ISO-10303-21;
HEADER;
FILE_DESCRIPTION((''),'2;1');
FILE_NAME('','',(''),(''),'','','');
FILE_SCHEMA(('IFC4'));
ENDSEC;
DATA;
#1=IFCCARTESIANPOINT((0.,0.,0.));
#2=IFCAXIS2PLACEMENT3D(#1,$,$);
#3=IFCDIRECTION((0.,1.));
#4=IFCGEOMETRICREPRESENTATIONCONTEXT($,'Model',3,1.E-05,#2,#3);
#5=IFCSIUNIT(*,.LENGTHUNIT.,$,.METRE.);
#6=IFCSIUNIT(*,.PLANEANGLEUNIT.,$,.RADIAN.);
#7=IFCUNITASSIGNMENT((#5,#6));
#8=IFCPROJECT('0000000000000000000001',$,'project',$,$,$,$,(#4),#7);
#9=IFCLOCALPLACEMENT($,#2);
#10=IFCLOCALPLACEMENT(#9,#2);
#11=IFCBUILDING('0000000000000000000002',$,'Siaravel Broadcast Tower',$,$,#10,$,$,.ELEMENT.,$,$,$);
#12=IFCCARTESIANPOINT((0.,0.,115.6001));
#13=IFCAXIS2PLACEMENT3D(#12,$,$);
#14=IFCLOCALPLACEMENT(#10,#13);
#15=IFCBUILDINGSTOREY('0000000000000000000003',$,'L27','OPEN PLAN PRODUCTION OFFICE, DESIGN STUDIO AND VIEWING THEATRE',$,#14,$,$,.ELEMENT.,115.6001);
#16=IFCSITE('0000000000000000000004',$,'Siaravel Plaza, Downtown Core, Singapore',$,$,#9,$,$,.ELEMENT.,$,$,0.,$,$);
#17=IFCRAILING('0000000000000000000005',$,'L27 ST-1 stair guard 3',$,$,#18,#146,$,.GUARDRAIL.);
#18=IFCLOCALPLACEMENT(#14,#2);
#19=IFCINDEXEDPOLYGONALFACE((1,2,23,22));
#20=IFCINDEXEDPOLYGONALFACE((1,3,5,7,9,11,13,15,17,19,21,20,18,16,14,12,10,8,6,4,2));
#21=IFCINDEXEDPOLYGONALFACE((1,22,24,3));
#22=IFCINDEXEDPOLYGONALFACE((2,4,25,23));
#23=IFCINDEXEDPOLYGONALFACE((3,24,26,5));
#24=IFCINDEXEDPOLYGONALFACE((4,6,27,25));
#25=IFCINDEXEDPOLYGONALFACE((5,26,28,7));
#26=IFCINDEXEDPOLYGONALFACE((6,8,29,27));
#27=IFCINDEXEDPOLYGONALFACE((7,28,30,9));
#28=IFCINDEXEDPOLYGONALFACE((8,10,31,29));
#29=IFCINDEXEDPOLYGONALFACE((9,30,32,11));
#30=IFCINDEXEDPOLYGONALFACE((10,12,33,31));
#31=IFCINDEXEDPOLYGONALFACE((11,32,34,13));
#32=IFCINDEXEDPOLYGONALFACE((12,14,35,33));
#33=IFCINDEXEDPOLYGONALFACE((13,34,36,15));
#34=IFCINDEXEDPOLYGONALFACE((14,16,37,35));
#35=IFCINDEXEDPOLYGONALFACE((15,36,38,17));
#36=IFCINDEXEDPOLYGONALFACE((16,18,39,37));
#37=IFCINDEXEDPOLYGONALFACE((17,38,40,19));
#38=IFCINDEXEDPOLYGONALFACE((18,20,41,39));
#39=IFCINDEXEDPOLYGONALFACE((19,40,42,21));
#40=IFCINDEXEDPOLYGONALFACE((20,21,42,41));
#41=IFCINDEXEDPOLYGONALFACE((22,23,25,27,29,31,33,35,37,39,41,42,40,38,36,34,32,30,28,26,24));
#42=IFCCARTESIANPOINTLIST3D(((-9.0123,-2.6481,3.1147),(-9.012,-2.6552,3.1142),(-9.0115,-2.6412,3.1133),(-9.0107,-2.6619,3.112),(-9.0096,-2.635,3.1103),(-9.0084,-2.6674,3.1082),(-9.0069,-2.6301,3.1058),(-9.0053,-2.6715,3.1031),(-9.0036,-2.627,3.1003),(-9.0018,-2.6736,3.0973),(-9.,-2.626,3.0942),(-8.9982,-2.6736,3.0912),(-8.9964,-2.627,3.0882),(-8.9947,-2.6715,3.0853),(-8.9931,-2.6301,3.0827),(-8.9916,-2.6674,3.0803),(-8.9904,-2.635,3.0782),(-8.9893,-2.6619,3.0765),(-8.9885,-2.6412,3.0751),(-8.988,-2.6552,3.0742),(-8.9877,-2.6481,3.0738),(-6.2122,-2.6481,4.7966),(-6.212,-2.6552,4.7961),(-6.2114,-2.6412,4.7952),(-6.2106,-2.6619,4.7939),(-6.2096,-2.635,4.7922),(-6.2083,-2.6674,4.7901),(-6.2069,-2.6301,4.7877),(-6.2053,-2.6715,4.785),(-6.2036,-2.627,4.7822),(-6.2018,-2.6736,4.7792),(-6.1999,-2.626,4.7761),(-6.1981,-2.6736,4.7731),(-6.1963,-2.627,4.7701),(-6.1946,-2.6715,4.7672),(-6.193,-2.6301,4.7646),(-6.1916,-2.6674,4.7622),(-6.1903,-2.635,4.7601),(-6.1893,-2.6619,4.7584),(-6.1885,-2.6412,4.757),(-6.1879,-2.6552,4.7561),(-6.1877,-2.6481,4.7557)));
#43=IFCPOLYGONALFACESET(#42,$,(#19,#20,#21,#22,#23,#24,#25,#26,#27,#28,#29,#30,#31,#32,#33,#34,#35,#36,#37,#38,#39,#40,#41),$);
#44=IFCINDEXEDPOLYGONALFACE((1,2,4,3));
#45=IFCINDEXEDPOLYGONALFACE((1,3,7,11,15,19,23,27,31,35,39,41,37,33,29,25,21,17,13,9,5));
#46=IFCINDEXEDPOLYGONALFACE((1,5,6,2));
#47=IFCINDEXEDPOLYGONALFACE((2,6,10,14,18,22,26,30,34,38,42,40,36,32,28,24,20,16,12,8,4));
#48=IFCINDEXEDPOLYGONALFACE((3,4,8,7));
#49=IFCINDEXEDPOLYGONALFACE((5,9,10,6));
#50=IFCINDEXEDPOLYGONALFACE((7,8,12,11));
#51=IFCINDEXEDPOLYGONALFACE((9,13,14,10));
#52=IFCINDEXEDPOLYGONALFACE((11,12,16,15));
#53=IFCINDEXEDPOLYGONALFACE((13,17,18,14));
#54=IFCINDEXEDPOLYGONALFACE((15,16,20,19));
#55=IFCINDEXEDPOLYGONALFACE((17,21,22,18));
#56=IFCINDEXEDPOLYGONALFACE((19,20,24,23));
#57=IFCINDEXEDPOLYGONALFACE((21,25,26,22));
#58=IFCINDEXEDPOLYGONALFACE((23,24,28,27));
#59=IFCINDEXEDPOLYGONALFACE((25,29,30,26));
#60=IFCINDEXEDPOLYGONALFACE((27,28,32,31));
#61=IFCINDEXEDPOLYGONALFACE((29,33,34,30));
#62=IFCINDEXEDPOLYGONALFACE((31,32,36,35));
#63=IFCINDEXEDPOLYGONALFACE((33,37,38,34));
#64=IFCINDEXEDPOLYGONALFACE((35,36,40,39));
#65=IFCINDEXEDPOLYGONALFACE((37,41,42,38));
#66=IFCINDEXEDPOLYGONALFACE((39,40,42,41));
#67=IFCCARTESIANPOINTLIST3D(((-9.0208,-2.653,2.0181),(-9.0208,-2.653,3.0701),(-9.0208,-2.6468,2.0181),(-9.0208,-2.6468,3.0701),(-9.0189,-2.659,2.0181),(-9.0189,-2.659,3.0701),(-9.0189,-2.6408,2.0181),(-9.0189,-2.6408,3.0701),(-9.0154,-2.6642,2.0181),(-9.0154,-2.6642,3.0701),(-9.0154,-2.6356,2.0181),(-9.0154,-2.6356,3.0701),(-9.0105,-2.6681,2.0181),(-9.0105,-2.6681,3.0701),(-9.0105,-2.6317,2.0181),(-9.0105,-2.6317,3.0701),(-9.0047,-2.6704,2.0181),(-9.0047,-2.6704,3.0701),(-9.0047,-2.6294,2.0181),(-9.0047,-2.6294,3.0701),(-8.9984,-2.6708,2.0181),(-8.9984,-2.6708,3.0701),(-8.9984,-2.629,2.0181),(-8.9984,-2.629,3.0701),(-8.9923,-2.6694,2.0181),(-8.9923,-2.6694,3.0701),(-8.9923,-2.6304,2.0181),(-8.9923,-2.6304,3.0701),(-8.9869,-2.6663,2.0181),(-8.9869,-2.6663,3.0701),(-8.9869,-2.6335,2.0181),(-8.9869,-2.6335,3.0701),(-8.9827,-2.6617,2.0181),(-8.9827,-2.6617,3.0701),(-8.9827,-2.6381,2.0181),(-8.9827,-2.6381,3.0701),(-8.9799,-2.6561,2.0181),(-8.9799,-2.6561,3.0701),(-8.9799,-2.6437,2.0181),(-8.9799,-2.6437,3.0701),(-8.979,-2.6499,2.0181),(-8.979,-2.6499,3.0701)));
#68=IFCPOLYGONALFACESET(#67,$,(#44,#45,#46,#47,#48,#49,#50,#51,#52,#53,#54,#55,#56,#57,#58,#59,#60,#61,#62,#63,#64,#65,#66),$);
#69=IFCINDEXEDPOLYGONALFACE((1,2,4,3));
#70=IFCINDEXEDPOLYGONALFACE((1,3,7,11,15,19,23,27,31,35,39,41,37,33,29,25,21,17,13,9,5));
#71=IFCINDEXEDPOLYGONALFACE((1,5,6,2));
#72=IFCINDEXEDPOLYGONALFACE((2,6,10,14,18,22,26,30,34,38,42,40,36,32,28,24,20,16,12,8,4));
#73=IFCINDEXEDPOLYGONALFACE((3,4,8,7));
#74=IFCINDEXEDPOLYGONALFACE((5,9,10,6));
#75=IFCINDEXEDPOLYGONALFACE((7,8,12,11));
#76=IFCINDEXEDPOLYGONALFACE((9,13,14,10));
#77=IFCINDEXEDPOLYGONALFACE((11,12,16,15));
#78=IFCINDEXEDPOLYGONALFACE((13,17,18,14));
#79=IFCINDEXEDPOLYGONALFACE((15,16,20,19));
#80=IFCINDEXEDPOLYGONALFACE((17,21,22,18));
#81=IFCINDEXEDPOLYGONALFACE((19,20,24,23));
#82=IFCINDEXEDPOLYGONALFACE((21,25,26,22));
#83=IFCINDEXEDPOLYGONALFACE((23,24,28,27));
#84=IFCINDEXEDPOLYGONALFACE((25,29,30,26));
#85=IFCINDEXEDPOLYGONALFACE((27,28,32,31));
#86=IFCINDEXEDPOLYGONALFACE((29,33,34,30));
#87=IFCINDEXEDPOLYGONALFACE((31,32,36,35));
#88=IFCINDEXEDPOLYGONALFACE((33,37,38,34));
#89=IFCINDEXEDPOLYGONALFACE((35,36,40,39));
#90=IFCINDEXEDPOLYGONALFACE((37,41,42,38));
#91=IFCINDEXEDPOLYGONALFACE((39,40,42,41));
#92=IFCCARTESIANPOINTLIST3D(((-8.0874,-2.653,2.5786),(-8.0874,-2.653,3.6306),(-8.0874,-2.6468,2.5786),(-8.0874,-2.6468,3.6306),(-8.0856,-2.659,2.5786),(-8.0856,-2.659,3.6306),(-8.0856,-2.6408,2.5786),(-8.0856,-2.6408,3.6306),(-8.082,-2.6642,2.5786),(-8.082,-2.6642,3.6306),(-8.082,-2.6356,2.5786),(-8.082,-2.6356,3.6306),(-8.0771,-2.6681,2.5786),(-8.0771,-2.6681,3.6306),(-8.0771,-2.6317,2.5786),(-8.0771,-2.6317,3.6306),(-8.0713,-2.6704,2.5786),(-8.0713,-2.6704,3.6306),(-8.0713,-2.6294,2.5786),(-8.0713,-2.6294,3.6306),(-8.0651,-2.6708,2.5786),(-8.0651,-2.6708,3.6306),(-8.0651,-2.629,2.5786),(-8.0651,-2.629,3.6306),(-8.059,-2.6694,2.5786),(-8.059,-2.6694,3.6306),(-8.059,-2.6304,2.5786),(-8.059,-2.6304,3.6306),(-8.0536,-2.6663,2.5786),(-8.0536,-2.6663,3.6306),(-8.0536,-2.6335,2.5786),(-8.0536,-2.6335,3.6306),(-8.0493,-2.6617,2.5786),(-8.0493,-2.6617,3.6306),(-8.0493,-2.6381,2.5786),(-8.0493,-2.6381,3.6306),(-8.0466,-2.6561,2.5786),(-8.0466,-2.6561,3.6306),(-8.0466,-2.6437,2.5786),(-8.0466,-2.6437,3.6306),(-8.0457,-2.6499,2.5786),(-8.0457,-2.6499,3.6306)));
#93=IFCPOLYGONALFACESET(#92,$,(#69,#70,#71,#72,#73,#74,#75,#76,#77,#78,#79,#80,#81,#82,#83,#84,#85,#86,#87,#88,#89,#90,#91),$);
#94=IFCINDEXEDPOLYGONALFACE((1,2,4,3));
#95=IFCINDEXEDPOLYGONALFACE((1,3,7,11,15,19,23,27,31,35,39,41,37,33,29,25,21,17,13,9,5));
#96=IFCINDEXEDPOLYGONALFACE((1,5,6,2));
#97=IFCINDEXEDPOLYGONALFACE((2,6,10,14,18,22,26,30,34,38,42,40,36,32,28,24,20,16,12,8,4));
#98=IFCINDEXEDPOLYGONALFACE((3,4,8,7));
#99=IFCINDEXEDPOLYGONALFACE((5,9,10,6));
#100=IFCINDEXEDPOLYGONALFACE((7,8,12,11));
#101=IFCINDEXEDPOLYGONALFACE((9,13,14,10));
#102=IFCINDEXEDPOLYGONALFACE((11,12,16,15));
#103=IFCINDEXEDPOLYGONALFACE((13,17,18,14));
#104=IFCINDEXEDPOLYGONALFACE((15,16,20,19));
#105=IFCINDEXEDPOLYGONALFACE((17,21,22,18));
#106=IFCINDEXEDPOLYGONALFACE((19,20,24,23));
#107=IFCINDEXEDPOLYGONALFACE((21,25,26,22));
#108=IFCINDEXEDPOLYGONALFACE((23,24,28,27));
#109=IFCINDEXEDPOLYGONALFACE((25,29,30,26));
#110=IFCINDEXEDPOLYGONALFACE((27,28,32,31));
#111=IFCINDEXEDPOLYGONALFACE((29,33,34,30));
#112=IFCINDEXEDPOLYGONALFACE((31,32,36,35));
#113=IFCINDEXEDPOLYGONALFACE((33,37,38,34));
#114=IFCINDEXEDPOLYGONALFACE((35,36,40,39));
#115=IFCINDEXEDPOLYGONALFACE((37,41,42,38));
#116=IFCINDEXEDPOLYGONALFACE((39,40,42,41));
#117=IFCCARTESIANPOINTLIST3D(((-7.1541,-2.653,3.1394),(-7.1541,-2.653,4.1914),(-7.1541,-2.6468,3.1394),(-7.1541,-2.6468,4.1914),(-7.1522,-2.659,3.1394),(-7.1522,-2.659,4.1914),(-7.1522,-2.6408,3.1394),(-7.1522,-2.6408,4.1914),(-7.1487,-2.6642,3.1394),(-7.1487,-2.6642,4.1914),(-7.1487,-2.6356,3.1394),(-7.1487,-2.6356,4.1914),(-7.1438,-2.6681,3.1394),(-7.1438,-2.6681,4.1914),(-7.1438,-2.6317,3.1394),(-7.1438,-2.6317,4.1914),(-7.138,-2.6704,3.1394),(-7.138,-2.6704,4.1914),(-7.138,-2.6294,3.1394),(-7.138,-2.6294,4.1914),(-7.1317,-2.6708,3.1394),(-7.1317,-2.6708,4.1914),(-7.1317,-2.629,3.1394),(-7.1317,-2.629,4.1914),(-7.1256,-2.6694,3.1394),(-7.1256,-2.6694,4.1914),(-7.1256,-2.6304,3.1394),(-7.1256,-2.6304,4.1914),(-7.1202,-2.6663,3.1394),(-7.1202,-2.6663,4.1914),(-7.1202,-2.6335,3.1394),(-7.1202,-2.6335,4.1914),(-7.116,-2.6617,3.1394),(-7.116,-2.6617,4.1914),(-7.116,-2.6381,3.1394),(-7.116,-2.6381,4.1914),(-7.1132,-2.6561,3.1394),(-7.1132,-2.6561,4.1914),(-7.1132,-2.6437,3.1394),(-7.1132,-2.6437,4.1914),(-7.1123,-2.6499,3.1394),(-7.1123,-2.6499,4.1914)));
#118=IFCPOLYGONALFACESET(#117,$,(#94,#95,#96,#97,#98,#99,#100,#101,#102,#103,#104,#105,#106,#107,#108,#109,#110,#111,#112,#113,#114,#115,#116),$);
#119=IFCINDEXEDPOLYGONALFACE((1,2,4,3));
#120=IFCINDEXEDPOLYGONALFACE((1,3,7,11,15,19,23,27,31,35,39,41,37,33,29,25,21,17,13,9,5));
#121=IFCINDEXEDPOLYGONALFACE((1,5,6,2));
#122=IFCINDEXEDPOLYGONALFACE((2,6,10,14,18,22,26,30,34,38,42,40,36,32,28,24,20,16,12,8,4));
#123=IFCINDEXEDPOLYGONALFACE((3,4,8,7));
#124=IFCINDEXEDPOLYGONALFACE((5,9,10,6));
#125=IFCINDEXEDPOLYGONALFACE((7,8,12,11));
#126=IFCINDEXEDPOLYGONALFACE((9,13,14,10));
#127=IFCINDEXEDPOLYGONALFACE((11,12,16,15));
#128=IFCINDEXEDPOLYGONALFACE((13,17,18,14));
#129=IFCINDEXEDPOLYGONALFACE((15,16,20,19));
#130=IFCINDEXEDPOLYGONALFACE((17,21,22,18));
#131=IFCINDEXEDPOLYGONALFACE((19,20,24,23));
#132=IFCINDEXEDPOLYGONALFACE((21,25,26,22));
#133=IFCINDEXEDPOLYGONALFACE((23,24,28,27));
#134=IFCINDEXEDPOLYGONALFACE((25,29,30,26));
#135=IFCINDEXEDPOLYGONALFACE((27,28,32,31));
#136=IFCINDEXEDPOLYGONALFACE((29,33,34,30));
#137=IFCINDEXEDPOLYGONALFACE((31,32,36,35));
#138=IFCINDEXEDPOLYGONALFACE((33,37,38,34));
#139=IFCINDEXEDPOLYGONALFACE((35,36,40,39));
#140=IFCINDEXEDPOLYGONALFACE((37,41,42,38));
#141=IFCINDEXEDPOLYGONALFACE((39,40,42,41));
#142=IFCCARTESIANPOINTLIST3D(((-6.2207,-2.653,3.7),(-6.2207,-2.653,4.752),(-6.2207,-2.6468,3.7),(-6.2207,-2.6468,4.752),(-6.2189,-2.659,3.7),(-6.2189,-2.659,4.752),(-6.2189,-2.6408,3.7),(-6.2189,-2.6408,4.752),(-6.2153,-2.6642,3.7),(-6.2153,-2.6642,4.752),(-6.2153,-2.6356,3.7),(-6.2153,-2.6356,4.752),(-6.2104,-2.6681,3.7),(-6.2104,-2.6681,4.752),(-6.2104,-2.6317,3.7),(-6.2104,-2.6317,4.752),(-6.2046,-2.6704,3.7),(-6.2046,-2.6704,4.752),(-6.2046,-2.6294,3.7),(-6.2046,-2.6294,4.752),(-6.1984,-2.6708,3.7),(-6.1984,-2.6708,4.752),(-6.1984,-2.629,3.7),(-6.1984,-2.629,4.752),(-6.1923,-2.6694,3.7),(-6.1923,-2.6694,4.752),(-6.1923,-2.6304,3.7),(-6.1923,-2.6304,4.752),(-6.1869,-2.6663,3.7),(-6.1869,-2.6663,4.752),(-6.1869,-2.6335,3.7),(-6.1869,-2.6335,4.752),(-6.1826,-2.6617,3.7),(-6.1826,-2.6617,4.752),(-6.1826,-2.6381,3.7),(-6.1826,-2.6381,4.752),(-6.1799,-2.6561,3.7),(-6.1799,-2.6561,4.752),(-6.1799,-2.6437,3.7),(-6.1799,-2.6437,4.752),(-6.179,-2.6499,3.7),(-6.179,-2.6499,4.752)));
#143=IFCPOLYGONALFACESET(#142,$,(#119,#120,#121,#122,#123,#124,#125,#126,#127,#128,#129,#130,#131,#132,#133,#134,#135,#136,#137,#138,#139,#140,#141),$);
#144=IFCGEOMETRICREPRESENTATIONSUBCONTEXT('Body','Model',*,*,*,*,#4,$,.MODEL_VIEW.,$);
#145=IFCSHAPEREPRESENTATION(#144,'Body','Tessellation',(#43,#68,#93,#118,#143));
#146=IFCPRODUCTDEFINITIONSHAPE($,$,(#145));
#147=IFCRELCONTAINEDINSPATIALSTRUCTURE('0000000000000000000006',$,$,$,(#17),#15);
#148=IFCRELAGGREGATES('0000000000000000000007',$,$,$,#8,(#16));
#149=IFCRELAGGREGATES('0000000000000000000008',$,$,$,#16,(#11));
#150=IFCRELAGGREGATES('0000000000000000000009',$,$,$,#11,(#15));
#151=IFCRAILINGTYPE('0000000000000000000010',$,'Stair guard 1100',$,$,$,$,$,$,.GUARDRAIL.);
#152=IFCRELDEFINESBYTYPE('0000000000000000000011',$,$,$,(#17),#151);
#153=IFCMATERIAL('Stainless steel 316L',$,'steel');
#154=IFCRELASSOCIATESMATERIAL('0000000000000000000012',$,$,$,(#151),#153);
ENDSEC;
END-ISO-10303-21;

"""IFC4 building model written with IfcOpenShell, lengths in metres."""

from ifc_helpers import new_model, si_unit, direction, frame, origin, origin_2d, place, context, subcontext, project, spatial, circle, extrude, material, type_object, element, save


model = new_model("IFC4")

# Units and contexts
model_context = context("Model", 3, precision=1e-05, world=origin(), true_north=direction((0.0, 1.0)))
body_context = subcontext(model_context, "Body", "Model", "MODEL_VIEW")
ifc_project = project(units=[si_unit("LENGTHUNIT", "METRE"), si_unit("PLANEANGLEUNIT", "RADIAN")], contexts=[model_context])

# Site, building, storey
site_placement = place(None, origin())
site = spatial("IfcSite", under=ifc_project, at=site_placement, Name="Siaravel Plaza, Downtown Core, Singapore", CompositionType="ELEMENT", RefElevation=0.0)
building_placement = place(site_placement, origin())
building = spatial("IfcBuilding", under=site, at=building_placement, Name="Siaravel Broadcast Tower", CompositionType="ELEMENT")
storey_placement = place(building_placement, frame((0.0, 0.0, 115.6001)))
storey = spatial("IfcBuildingStorey", under=building, at=storey_placement, Name="L27", Description="OPEN PLAN PRODUCTION OFFICE, DESIGN STUDIO AND VIEWING THEATRE", CompositionType="ELEMENT", Elevation=115.6001)

# Railing
ifc_material_1 = material(Name="Stainless steel 316L", Category="steel")
railing_type_1 = type_object("IfcRailingType", Name="Stair guard 1100", PredefinedType="GUARDRAIL", material=ifc_material_1)
railing_1_placement = place(storey_placement, frame((-9.0, -2.6499, 2.0181)))
element("IfcRailing", 1, at=railing_1_placement, inside=storey, type_object=railing_type_1, Name="L27 ST-1 stair guard 3", PredefinedType="GUARDRAIL", context=body_context, shape_type="SweptSolid", body=[
    extrude(circle(Radius=0.0239, at=origin_2d()), frame((0.0, 0.0, 1.0762), z_axis=(0.857242, 0.0, 0.514913), x_axis=(0.0, 1.0, 0.0)), (0.0, 0.0, 1.0), 3.2664),
    extrude(circle(Radius=0.021, at=origin_2d()), origin(), (0.0, 0.0, 1.0), 1.052),
    extrude(circle(Radius=0.021, at=origin_2d()), frame((0.9333, 0.0, 0.5605)), (0.0, 0.0, 1.0), 1.052),
    extrude(circle(Radius=0.021, at=origin_2d()), frame((1.8667, 0.0, 1.1213)), (0.0, 0.0, 1.0), 1.052),
    extrude(circle(Radius=0.021, at=origin_2d()), frame((2.8, 0.0, 1.6819)), (0.0, 0.0, 1.0), 1.052),
])

save(model, "model.ifc")
